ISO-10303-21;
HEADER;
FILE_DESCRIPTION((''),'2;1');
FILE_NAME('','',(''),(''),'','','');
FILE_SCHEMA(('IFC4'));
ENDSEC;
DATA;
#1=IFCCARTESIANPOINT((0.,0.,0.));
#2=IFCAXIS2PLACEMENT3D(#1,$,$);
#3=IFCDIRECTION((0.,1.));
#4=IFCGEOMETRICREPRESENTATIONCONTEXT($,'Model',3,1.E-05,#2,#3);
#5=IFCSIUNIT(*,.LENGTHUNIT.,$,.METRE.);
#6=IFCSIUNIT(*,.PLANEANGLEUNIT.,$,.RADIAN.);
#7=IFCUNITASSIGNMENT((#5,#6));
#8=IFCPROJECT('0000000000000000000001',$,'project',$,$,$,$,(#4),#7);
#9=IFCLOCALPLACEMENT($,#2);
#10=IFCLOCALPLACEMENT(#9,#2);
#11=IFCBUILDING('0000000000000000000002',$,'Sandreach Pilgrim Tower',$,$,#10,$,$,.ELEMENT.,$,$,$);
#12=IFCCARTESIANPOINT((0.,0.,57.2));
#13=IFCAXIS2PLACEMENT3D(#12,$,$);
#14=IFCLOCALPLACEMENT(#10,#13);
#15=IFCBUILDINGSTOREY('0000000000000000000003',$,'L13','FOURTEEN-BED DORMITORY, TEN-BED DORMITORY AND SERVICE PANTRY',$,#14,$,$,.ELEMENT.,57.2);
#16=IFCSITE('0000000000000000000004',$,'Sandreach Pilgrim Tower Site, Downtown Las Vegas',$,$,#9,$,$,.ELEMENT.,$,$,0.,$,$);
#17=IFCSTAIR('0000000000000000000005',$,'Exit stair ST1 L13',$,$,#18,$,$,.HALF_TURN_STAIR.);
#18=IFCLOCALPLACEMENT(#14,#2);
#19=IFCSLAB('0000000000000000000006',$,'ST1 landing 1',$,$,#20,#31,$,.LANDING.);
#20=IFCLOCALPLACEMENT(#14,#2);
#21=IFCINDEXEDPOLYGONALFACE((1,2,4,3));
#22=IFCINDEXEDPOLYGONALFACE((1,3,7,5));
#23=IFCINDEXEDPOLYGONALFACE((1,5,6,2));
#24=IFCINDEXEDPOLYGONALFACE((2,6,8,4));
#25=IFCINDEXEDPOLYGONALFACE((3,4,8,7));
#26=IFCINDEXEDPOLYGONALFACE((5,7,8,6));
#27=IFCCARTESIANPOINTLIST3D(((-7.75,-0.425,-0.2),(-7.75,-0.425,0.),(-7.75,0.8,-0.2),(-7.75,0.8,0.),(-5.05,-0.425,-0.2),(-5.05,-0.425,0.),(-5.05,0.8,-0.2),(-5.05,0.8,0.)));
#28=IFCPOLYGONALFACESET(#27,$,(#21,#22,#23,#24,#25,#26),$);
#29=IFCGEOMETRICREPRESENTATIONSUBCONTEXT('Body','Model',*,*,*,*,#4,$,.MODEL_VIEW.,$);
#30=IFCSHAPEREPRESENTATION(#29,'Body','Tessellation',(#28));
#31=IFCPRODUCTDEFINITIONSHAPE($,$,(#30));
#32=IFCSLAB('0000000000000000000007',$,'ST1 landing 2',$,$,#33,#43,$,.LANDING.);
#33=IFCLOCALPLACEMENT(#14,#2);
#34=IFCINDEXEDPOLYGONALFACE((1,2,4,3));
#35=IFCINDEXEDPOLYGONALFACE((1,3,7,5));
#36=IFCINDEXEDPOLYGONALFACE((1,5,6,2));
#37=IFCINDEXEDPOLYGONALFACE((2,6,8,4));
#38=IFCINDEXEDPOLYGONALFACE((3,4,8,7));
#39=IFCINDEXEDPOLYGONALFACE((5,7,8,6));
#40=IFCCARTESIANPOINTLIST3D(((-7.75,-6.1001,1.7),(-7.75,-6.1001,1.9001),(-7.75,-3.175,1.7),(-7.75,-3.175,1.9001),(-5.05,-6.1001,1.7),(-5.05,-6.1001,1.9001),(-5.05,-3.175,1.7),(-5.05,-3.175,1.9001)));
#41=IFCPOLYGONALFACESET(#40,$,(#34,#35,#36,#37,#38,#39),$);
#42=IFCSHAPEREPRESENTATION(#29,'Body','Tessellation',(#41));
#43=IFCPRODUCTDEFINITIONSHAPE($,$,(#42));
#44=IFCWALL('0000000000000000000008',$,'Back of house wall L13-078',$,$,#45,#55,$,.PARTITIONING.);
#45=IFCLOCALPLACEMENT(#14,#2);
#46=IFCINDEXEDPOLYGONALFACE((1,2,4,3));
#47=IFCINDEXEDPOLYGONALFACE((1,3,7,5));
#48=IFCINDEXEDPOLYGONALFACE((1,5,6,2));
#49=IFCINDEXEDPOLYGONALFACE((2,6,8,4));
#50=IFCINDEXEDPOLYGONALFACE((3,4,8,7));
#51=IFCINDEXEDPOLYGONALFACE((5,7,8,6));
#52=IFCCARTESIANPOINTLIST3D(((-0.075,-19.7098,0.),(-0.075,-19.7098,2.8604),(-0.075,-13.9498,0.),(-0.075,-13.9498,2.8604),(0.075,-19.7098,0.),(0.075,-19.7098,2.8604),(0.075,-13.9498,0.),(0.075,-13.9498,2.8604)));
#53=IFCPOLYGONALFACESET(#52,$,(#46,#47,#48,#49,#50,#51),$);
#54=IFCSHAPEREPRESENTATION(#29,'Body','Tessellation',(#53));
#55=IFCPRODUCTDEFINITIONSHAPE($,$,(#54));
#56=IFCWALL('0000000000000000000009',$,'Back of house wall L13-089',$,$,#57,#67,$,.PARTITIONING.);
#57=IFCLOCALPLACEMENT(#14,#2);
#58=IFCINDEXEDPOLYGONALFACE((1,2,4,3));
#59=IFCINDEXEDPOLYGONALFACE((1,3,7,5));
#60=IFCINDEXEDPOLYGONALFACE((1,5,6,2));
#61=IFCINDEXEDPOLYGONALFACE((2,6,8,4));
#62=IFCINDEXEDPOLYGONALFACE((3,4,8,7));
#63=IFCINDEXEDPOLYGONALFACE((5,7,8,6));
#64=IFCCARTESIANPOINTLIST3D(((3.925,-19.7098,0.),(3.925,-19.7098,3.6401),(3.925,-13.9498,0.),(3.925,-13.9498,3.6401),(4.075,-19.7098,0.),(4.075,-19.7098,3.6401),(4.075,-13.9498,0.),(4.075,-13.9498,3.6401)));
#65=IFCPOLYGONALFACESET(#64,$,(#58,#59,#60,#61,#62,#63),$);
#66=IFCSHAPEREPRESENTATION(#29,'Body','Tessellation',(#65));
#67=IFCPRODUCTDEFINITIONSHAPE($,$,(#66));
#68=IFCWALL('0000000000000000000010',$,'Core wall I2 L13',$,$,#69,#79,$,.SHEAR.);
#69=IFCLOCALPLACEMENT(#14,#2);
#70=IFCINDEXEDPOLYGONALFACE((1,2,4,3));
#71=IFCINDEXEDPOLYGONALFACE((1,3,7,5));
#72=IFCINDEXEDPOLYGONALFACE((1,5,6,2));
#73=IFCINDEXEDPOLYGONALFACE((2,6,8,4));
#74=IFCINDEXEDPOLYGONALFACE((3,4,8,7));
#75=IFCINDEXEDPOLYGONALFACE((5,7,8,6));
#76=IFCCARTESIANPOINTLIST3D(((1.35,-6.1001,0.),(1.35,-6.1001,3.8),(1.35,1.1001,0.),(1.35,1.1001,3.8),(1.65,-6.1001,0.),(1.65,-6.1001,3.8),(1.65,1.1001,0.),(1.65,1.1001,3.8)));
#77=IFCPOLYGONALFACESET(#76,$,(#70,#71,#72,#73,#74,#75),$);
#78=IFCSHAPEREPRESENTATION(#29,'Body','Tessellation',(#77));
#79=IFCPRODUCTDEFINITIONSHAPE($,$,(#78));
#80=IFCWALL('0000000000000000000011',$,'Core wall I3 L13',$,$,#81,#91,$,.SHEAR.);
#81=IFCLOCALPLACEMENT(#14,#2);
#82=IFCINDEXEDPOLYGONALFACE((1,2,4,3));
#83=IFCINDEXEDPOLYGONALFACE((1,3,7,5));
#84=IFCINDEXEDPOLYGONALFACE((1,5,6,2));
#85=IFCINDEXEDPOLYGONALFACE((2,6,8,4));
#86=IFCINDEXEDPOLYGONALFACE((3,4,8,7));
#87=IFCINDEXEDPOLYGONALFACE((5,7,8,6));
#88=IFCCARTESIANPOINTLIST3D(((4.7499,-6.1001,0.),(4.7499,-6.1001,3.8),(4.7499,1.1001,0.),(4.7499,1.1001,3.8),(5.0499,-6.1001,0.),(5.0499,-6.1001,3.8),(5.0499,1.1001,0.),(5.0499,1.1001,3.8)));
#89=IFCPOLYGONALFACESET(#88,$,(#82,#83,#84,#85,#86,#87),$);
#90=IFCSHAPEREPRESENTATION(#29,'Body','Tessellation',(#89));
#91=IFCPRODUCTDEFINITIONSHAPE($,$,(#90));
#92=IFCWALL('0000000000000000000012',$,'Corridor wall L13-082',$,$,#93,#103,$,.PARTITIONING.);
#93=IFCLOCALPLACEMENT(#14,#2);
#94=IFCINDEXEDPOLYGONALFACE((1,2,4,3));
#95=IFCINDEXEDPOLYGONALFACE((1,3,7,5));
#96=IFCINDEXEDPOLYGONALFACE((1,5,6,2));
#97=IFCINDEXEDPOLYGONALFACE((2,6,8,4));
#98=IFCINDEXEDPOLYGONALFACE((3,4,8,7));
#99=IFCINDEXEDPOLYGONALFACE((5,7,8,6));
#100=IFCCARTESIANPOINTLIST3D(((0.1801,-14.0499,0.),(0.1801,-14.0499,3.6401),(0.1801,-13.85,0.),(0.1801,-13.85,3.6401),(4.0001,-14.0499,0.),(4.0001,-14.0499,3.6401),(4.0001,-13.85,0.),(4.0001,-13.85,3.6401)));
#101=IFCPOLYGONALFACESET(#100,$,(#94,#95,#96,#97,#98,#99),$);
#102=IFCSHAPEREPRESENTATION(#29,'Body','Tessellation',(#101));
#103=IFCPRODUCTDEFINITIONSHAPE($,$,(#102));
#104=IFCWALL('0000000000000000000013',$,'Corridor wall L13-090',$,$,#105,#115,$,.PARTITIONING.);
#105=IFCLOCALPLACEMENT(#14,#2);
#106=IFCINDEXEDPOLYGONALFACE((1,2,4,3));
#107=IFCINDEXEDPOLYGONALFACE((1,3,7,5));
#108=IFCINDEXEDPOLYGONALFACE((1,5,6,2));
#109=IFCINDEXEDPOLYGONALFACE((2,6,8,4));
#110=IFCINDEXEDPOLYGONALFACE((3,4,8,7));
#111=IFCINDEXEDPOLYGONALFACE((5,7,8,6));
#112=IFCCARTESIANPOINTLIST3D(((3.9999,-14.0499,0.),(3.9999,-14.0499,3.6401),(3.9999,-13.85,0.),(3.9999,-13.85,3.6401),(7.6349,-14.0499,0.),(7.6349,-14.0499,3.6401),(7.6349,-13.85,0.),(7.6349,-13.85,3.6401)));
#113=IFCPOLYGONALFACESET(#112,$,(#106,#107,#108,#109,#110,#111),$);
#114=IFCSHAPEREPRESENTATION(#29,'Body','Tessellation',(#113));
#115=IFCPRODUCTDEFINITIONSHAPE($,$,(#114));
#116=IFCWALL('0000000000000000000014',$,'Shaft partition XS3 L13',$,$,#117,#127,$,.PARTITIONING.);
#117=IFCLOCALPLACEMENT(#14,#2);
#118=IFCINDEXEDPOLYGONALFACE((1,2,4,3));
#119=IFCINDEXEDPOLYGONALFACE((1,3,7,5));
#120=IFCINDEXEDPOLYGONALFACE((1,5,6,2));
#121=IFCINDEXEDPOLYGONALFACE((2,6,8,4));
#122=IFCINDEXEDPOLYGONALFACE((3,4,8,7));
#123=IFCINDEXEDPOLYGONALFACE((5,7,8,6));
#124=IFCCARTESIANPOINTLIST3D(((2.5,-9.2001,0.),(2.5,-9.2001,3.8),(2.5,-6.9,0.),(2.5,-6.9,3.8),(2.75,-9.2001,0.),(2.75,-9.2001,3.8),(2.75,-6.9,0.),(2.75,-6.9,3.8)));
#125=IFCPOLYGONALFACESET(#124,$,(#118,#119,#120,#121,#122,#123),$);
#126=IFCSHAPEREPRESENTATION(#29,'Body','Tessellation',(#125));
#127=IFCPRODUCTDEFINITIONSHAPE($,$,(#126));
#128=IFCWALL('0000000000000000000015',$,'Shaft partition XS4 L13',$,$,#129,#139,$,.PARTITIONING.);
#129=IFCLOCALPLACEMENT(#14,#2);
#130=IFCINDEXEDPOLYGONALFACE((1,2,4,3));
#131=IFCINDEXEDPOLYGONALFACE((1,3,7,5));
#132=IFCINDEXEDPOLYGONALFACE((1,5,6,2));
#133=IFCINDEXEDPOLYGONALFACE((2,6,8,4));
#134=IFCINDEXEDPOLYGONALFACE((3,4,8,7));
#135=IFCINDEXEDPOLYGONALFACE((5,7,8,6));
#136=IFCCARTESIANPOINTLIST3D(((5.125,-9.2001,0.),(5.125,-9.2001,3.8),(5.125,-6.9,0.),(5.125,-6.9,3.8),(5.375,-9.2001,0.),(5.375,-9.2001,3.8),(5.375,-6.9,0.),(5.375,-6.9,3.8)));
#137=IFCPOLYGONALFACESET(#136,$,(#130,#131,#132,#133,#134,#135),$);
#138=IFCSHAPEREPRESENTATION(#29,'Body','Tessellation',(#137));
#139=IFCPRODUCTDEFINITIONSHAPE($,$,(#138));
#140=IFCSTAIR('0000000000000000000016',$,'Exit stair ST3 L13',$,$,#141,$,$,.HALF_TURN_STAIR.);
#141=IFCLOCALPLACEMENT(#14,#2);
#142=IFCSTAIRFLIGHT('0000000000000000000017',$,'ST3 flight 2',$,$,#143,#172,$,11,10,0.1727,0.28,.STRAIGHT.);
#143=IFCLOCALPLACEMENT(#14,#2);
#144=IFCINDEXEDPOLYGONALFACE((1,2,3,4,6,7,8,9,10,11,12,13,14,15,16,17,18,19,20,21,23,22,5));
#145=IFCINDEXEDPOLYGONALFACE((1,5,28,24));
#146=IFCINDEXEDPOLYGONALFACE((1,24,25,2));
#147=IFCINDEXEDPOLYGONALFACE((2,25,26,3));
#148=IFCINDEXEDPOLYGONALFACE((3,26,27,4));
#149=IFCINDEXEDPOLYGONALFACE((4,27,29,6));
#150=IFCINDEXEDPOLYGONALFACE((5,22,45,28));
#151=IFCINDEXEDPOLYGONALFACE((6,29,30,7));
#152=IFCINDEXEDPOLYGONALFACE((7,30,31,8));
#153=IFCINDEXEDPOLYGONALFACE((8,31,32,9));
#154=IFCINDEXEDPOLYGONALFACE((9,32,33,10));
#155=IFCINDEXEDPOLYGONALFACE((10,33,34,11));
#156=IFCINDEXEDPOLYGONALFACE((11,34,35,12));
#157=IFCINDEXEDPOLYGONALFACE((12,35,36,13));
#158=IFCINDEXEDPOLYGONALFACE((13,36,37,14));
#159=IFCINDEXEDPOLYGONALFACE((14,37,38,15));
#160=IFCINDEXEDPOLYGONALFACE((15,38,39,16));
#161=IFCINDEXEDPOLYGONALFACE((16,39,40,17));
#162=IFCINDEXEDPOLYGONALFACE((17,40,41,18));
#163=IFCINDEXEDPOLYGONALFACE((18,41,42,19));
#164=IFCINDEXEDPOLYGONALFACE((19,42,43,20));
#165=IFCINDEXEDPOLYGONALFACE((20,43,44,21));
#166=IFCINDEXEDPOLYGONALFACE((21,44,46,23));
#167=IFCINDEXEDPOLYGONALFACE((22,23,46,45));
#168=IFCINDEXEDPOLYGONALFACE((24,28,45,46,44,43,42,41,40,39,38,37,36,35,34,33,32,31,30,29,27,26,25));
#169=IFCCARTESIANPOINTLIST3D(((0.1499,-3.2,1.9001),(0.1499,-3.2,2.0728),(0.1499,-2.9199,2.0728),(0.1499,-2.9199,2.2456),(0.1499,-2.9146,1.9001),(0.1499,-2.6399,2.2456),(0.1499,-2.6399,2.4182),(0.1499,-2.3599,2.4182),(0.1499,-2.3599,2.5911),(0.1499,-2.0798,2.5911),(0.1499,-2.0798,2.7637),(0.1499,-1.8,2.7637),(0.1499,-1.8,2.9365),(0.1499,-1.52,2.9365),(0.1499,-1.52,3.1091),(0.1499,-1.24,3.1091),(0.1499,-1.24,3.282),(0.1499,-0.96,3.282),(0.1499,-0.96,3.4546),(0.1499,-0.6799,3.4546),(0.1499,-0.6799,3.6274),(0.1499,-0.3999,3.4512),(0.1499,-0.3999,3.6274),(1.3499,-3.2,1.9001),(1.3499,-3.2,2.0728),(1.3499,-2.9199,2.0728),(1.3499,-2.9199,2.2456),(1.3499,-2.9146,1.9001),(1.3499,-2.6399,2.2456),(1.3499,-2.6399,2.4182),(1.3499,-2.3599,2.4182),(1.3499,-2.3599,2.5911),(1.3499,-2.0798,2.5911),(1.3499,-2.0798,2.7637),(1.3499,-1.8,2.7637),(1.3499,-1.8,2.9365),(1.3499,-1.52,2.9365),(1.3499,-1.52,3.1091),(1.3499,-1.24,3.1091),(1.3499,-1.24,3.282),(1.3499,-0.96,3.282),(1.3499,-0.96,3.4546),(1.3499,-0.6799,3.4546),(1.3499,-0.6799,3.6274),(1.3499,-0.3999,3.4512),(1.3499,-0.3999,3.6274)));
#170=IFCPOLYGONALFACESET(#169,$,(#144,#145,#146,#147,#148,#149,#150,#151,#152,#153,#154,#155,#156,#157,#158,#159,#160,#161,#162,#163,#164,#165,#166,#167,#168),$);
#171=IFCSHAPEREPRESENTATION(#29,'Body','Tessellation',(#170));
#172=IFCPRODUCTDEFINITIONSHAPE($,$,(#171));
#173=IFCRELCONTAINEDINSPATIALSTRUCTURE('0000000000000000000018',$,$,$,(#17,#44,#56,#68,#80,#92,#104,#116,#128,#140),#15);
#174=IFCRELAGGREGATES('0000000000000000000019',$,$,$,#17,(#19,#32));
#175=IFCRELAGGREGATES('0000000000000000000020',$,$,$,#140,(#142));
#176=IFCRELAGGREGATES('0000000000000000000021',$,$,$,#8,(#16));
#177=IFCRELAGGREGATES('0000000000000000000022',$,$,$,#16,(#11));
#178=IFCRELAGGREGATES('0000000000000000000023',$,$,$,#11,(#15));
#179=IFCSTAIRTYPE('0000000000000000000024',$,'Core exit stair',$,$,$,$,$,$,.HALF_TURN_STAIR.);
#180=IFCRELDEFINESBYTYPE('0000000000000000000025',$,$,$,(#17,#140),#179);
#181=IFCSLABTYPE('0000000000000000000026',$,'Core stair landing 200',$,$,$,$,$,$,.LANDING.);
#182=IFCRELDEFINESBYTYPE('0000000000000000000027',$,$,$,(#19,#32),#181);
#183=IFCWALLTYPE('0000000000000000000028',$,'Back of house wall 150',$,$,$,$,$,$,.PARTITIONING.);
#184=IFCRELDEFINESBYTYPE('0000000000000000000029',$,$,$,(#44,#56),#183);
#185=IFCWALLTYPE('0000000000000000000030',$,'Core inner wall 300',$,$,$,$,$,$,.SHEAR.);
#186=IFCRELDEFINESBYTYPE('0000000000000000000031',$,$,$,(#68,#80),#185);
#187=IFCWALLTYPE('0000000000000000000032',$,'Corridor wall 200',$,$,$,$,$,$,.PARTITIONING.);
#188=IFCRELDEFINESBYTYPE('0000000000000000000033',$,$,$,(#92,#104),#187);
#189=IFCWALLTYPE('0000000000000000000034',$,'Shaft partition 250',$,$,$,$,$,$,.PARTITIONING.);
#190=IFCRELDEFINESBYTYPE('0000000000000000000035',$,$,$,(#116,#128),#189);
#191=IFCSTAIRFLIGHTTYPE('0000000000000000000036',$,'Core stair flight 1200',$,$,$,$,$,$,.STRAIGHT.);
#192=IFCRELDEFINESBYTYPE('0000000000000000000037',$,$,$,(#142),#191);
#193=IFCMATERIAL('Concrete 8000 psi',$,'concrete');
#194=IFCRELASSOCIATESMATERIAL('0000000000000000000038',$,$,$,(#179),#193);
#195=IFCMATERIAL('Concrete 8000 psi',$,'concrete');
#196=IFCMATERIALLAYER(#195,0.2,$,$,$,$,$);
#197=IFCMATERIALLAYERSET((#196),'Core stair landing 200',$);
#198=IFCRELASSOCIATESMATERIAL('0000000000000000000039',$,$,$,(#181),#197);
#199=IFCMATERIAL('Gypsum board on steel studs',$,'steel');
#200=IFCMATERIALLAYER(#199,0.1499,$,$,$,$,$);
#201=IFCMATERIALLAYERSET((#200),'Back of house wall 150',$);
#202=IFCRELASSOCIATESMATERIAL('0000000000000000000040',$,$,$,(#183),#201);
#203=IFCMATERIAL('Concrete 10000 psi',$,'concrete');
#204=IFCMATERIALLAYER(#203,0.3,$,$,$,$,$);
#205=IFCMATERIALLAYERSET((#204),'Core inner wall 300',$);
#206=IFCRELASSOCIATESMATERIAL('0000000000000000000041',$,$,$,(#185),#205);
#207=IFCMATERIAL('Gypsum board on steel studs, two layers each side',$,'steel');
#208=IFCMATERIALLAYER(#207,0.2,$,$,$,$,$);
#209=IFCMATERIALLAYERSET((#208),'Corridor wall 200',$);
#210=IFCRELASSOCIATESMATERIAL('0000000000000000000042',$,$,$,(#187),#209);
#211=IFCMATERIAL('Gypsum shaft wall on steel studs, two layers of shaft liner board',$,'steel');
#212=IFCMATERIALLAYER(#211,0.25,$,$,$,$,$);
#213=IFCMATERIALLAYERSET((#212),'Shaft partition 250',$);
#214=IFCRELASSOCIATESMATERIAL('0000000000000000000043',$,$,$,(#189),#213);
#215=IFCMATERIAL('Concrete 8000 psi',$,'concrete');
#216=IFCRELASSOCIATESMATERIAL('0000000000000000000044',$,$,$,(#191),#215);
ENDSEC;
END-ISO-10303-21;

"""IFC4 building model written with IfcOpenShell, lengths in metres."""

from ifc_helpers import new_model, si_unit, direction, frame, frame_2d, origin, place, context, subcontext, project, spatial, polyline, rectangle, outline, extrude, material, layer, layer_set, type_object, element, aggregate, save


model = new_model("IFC4")

# Units and contexts
model_context = context("Model", 3, precision=1e-05, world=origin(), true_north=direction((0.0, 1.0)))
body_context = subcontext(model_context, "Body", "Model", "MODEL_VIEW")
ifc_project = project(units=[si_unit("LENGTHUNIT", "METRE"), si_unit("PLANEANGLEUNIT", "RADIAN")], contexts=[model_context])

# Site, building, storey
site_placement = place(None, origin())
site = spatial("IfcSite", under=ifc_project, at=site_placement, Name="Sandreach Pilgrim Tower Site, Downtown Las Vegas", CompositionType="ELEMENT", RefElevation=0.0)
building_placement = place(site_placement, origin())
building = spatial("IfcBuilding", under=site, at=building_placement, Name="Sandreach Pilgrim Tower", CompositionType="ELEMENT")
storey_placement = place(building_placement, frame((0.0, 0.0, 57.2)))
storey = spatial("IfcBuildingStorey", under=building, at=storey_placement, Name="L13", Description="FOURTEEN-BED DORMITORY, TEN-BED DORMITORY AND SERVICE PANTRY", CompositionType="ELEMENT", Elevation=57.2)

# Stair, slabs
ifc_material_1 = material(Name="Concrete 8000 psi", Category="concrete")
stair_type = type_object("IfcStairType", Name="Core exit stair", PredefinedType="HALF_TURN_STAIR", material=ifc_material_1)
stair_1_placement = place(storey_placement, origin())
stair_1 = element("IfcStair", 1, at=stair_1_placement, inside=storey, type_object=stair_type, Name="Exit stair ST1 L13", PredefinedType="HALF_TURN_STAIR")
ifc_material_2 = material(Name="Concrete 8000 psi", Category="concrete")
ifc_layer_1 = layer(ifc_material_2, 0.2)
ifc_layer_set_1 = layer_set([ifc_layer_1], Name="Core stair landing 200")
slab_type = type_object("IfcSlabType", Name="Core stair landing 200", PredefinedType="LANDING", material=ifc_layer_set_1)
slab_1_placement = place(storey_placement, frame((0.0, 0.0, -0.2)))
slab_1 = element("IfcSlab", 2, at=slab_1_placement, type_object=slab_type, Name="ST1 landing 1", PredefinedType="LANDING", context=body_context, shape_type="SweptSolid", body=[
    extrude(outline(polyline([(-7.75, -0.425), (-5.05, -0.425), (-5.05, 0.8), (-7.75, 0.8), (-7.75, -0.425)])), origin(), (0.0, 0.0, 1.0), 0.2),
])
slab_2_placement = place(storey_placement, frame((0.0, 0.0, 1.7)))
slab_2 = element("IfcSlab", 3, at=slab_2_placement, type_object=slab_type, Name="ST1 landing 2", PredefinedType="LANDING", context=body_context, shape_type="SweptSolid", body=[
    extrude(outline(polyline([(-7.75, -6.1001), (-5.05, -6.1001), (-5.05, -3.175), (-7.75, -3.175), (-7.75, -6.1001)])), origin(), (0.0, 0.0, 1.0), 0.2002),
])
aggregate(stair_1, [slab_1, slab_2])

# Walls
ifc_material_3 = material(Name="Gypsum board on steel studs", Category="steel")
ifc_layer_2 = layer(ifc_material_3, 0.1499)
ifc_layer_set_2 = layer_set([ifc_layer_2], Name="Back of house wall 150")
wall_type_1 = type_object("IfcWallType", Name="Back of house wall 150", PredefinedType="PARTITIONING", material=ifc_layer_set_2)
wall_1_placement = place(storey_placement, frame((0.0, -13.95, 0.0), z_axis=(0.0, 0.0, 1.0), x_axis=(0.0, -1.0, 0.0)))
element("IfcWall", 4, at=wall_1_placement, inside=storey, type_object=wall_type_1, Name="Back of house wall L13-078", PredefinedType="PARTITIONING", context=body_context, shape_type="SweptSolid", body=[
    extrude(rectangle(XDim=5.76, YDim=0.1499, at=frame_2d((2.8799, 0.0))), origin(), (0.0, 0.0, 1.0), 2.8604),
])
wall_2_placement = place(storey_placement, frame((4.0, -13.95, 0.0), z_axis=(0.0, 0.0, 1.0), x_axis=(0.0, -1.0, 0.0)))
element("IfcWall", 5, at=wall_2_placement, inside=storey, type_object=wall_type_1, Name="Back of house wall L13-089", PredefinedType="PARTITIONING", context=body_context, shape_type="SweptSolid", body=[
    extrude(rectangle(XDim=5.76, YDim=0.1499, at=frame_2d((2.8799, 0.0))), origin(), (0.0, 0.0, 1.0), 3.6401),
])
ifc_material_4 = material(Name="Concrete 10000 psi", Category="concrete")
ifc_layer_3 = layer(ifc_material_4, 0.3)
ifc_layer_set_3 = layer_set([ifc_layer_3], Name="Core inner wall 300")
wall_type_2 = type_object("IfcWallType", Name="Core inner wall 300", PredefinedType="SHEAR", material=ifc_layer_set_3)
for number, where, z_axis, x_axis, name in (
    (6, (1.5, -6.1001, 0.0), (0.0, 0.0, 1.0), (0.0, 1.0, 0.0), "Core wall I2 L13"),
    (7, (4.8999, -6.1001, 0.0), (0.0, 0.0, 1.0), (0.0, 1.0, 0.0), "Core wall I3 L13"),
):
    element("IfcWall", number, at=place(storey_placement, frame(where, z_axis=z_axis, x_axis=x_axis)), inside=storey, type_object=wall_type_2, Name=name, PredefinedType="SHEAR", context=body_context, shape_type="SweptSolid", body=[
        extrude(rectangle(XDim=7.2002, YDim=0.3, at=frame_2d((3.6001, 0.0))), origin(), (0.0, 0.0, 1.0), 3.8),
    ])

# Wall
ifc_material_5 = material(Name="Gypsum board on steel studs, two layers each side", Category="steel")
ifc_layer_4 = layer(ifc_material_5, 0.2)
ifc_layer_set_4 = layer_set([ifc_layer_4], Name="Corridor wall 200")
wall_type_3 = type_object("IfcWallType", Name="Corridor wall 200", PredefinedType="PARTITIONING", material=ifc_layer_set_4)
wall_3_placement = place(storey_placement, frame((0.1799, -13.95, 0.0), z_axis=(0.0, 0.0, 1.0), x_axis=(1.0, 0.0, 0.0)))
element("IfcWall", 8, at=wall_3_placement, inside=storey, type_object=wall_type_3, Name="Corridor wall L13-082", PredefinedType="PARTITIONING", context=body_context, shape_type="SweptSolid", body=[
    extrude(rectangle(XDim=3.8201, YDim=0.2, at=frame_2d((1.9102, 0.0))), origin(), (0.0, 0.0, 1.0), 3.6401),
])

# Walls
wall_4_placement = place(storey_placement, frame((4.0, -13.95, 0.0), z_axis=(0.0, 0.0, 1.0), x_axis=(1.0, 0.0, 0.0)))
element("IfcWall", 9, at=wall_4_placement, inside=storey, type_object=wall_type_3, Name="Corridor wall L13-090", PredefinedType="PARTITIONING", context=body_context, shape_type="SweptSolid", body=[
    extrude(rectangle(XDim=3.635, YDim=0.2, at=frame_2d((1.8174, 0.0))), origin(), (0.0, 0.0, 1.0), 3.6401),
])
ifc_material_6 = material(Name="Gypsum shaft wall on steel studs, two layers of shaft liner board", Category="steel")
ifc_layer_5 = layer(ifc_material_6, 0.25)
ifc_layer_set_5 = layer_set([ifc_layer_5], Name="Shaft partition 250")
wall_type_4 = type_object("IfcWallType", Name="Shaft partition 250", PredefinedType="PARTITIONING", material=ifc_layer_set_5)
for number, where, z_axis, x_axis, name in (
    (10, (2.625, -9.2, 0.0), (0.0, 0.0, 1.0), (0.0, 1.0, 0.0), "Shaft partition XS3 L13"),
    (11, (5.25, -9.2, 0.0), (0.0, 0.0, 1.0), (0.0, 1.0, 0.0), "Shaft partition XS4 L13"),
):
    element("IfcWall", number, at=place(storey_placement, frame(where, z_axis=z_axis, x_axis=x_axis)), inside=storey, type_object=wall_type_4, Name=name, PredefinedType="PARTITIONING", context=body_context, shape_type="SweptSolid", body=[
        extrude(rectangle(XDim=2.3, YDim=0.25, at=frame_2d((1.1499, 0.0))), origin(), (0.0, 0.0, 1.0), 3.8),
    ])

# Stair, stair flight
stair_2_placement = place(storey_placement, origin())
stair_2 = element("IfcStair", 12, at=stair_2_placement, inside=storey, type_object=stair_type, Name="Exit stair ST3 L13", PredefinedType="HALF_TURN_STAIR")
ifc_material_7 = material(Name="Concrete 8000 psi", Category="concrete")
stair_flight_type = type_object("IfcStairFlightType", Name="Core stair flight 1200", PredefinedType="STRAIGHT", material=ifc_material_7)
stair_flight_placement = place(storey_placement, frame((0.75, -3.2, 1.9001), z_axis=(0.0, 0.0, 1.0), x_axis=(0.0, 1.0, 0.0)))
stair_flight = element("IfcStairFlight", 13, at=stair_flight_placement, type_object=stair_flight_type, Name="ST3 flight 2", NumberOfRisers=11, NumberOfTreads=10, PredefinedType="STRAIGHT", RiserHeight=0.1727, TreadLength=0.28, context=body_context, shape_type="SweptSolid", body=[
    extrude(outline(polyline([(0.0, 0.0), (0.0, 0.1726), (0.28, 0.1726), (0.28, 0.3455), (0.5601, 0.3455), (0.5601, 0.5181), (0.8401, 0.5181), (0.8401, 0.6909), (1.1201, 0.6909), (1.1201, 0.8635), (1.3999, 0.8635), (1.3999, 1.0364), (1.6799, 1.0364), (1.6799, 1.209), (1.96, 1.209), (1.96, 1.3818), (2.24, 1.3818), (2.24, 1.5544), (2.52, 1.5544), (2.52, 1.7273), (2.8, 1.7273), (2.8, 1.8999), (2.8, 1.551), (0.2854, 0.0), (0.0, 0.0)])), frame((0.0, 0.6001, 0.0), z_axis=(0.0, -1.0, 0.0), x_axis=(1.0, 0.0, 0.0)), (0.0, 0.0, 1.0), 1.2),
])
aggregate(stair_2, [stair_flight])

save(model, "model.ifc")
